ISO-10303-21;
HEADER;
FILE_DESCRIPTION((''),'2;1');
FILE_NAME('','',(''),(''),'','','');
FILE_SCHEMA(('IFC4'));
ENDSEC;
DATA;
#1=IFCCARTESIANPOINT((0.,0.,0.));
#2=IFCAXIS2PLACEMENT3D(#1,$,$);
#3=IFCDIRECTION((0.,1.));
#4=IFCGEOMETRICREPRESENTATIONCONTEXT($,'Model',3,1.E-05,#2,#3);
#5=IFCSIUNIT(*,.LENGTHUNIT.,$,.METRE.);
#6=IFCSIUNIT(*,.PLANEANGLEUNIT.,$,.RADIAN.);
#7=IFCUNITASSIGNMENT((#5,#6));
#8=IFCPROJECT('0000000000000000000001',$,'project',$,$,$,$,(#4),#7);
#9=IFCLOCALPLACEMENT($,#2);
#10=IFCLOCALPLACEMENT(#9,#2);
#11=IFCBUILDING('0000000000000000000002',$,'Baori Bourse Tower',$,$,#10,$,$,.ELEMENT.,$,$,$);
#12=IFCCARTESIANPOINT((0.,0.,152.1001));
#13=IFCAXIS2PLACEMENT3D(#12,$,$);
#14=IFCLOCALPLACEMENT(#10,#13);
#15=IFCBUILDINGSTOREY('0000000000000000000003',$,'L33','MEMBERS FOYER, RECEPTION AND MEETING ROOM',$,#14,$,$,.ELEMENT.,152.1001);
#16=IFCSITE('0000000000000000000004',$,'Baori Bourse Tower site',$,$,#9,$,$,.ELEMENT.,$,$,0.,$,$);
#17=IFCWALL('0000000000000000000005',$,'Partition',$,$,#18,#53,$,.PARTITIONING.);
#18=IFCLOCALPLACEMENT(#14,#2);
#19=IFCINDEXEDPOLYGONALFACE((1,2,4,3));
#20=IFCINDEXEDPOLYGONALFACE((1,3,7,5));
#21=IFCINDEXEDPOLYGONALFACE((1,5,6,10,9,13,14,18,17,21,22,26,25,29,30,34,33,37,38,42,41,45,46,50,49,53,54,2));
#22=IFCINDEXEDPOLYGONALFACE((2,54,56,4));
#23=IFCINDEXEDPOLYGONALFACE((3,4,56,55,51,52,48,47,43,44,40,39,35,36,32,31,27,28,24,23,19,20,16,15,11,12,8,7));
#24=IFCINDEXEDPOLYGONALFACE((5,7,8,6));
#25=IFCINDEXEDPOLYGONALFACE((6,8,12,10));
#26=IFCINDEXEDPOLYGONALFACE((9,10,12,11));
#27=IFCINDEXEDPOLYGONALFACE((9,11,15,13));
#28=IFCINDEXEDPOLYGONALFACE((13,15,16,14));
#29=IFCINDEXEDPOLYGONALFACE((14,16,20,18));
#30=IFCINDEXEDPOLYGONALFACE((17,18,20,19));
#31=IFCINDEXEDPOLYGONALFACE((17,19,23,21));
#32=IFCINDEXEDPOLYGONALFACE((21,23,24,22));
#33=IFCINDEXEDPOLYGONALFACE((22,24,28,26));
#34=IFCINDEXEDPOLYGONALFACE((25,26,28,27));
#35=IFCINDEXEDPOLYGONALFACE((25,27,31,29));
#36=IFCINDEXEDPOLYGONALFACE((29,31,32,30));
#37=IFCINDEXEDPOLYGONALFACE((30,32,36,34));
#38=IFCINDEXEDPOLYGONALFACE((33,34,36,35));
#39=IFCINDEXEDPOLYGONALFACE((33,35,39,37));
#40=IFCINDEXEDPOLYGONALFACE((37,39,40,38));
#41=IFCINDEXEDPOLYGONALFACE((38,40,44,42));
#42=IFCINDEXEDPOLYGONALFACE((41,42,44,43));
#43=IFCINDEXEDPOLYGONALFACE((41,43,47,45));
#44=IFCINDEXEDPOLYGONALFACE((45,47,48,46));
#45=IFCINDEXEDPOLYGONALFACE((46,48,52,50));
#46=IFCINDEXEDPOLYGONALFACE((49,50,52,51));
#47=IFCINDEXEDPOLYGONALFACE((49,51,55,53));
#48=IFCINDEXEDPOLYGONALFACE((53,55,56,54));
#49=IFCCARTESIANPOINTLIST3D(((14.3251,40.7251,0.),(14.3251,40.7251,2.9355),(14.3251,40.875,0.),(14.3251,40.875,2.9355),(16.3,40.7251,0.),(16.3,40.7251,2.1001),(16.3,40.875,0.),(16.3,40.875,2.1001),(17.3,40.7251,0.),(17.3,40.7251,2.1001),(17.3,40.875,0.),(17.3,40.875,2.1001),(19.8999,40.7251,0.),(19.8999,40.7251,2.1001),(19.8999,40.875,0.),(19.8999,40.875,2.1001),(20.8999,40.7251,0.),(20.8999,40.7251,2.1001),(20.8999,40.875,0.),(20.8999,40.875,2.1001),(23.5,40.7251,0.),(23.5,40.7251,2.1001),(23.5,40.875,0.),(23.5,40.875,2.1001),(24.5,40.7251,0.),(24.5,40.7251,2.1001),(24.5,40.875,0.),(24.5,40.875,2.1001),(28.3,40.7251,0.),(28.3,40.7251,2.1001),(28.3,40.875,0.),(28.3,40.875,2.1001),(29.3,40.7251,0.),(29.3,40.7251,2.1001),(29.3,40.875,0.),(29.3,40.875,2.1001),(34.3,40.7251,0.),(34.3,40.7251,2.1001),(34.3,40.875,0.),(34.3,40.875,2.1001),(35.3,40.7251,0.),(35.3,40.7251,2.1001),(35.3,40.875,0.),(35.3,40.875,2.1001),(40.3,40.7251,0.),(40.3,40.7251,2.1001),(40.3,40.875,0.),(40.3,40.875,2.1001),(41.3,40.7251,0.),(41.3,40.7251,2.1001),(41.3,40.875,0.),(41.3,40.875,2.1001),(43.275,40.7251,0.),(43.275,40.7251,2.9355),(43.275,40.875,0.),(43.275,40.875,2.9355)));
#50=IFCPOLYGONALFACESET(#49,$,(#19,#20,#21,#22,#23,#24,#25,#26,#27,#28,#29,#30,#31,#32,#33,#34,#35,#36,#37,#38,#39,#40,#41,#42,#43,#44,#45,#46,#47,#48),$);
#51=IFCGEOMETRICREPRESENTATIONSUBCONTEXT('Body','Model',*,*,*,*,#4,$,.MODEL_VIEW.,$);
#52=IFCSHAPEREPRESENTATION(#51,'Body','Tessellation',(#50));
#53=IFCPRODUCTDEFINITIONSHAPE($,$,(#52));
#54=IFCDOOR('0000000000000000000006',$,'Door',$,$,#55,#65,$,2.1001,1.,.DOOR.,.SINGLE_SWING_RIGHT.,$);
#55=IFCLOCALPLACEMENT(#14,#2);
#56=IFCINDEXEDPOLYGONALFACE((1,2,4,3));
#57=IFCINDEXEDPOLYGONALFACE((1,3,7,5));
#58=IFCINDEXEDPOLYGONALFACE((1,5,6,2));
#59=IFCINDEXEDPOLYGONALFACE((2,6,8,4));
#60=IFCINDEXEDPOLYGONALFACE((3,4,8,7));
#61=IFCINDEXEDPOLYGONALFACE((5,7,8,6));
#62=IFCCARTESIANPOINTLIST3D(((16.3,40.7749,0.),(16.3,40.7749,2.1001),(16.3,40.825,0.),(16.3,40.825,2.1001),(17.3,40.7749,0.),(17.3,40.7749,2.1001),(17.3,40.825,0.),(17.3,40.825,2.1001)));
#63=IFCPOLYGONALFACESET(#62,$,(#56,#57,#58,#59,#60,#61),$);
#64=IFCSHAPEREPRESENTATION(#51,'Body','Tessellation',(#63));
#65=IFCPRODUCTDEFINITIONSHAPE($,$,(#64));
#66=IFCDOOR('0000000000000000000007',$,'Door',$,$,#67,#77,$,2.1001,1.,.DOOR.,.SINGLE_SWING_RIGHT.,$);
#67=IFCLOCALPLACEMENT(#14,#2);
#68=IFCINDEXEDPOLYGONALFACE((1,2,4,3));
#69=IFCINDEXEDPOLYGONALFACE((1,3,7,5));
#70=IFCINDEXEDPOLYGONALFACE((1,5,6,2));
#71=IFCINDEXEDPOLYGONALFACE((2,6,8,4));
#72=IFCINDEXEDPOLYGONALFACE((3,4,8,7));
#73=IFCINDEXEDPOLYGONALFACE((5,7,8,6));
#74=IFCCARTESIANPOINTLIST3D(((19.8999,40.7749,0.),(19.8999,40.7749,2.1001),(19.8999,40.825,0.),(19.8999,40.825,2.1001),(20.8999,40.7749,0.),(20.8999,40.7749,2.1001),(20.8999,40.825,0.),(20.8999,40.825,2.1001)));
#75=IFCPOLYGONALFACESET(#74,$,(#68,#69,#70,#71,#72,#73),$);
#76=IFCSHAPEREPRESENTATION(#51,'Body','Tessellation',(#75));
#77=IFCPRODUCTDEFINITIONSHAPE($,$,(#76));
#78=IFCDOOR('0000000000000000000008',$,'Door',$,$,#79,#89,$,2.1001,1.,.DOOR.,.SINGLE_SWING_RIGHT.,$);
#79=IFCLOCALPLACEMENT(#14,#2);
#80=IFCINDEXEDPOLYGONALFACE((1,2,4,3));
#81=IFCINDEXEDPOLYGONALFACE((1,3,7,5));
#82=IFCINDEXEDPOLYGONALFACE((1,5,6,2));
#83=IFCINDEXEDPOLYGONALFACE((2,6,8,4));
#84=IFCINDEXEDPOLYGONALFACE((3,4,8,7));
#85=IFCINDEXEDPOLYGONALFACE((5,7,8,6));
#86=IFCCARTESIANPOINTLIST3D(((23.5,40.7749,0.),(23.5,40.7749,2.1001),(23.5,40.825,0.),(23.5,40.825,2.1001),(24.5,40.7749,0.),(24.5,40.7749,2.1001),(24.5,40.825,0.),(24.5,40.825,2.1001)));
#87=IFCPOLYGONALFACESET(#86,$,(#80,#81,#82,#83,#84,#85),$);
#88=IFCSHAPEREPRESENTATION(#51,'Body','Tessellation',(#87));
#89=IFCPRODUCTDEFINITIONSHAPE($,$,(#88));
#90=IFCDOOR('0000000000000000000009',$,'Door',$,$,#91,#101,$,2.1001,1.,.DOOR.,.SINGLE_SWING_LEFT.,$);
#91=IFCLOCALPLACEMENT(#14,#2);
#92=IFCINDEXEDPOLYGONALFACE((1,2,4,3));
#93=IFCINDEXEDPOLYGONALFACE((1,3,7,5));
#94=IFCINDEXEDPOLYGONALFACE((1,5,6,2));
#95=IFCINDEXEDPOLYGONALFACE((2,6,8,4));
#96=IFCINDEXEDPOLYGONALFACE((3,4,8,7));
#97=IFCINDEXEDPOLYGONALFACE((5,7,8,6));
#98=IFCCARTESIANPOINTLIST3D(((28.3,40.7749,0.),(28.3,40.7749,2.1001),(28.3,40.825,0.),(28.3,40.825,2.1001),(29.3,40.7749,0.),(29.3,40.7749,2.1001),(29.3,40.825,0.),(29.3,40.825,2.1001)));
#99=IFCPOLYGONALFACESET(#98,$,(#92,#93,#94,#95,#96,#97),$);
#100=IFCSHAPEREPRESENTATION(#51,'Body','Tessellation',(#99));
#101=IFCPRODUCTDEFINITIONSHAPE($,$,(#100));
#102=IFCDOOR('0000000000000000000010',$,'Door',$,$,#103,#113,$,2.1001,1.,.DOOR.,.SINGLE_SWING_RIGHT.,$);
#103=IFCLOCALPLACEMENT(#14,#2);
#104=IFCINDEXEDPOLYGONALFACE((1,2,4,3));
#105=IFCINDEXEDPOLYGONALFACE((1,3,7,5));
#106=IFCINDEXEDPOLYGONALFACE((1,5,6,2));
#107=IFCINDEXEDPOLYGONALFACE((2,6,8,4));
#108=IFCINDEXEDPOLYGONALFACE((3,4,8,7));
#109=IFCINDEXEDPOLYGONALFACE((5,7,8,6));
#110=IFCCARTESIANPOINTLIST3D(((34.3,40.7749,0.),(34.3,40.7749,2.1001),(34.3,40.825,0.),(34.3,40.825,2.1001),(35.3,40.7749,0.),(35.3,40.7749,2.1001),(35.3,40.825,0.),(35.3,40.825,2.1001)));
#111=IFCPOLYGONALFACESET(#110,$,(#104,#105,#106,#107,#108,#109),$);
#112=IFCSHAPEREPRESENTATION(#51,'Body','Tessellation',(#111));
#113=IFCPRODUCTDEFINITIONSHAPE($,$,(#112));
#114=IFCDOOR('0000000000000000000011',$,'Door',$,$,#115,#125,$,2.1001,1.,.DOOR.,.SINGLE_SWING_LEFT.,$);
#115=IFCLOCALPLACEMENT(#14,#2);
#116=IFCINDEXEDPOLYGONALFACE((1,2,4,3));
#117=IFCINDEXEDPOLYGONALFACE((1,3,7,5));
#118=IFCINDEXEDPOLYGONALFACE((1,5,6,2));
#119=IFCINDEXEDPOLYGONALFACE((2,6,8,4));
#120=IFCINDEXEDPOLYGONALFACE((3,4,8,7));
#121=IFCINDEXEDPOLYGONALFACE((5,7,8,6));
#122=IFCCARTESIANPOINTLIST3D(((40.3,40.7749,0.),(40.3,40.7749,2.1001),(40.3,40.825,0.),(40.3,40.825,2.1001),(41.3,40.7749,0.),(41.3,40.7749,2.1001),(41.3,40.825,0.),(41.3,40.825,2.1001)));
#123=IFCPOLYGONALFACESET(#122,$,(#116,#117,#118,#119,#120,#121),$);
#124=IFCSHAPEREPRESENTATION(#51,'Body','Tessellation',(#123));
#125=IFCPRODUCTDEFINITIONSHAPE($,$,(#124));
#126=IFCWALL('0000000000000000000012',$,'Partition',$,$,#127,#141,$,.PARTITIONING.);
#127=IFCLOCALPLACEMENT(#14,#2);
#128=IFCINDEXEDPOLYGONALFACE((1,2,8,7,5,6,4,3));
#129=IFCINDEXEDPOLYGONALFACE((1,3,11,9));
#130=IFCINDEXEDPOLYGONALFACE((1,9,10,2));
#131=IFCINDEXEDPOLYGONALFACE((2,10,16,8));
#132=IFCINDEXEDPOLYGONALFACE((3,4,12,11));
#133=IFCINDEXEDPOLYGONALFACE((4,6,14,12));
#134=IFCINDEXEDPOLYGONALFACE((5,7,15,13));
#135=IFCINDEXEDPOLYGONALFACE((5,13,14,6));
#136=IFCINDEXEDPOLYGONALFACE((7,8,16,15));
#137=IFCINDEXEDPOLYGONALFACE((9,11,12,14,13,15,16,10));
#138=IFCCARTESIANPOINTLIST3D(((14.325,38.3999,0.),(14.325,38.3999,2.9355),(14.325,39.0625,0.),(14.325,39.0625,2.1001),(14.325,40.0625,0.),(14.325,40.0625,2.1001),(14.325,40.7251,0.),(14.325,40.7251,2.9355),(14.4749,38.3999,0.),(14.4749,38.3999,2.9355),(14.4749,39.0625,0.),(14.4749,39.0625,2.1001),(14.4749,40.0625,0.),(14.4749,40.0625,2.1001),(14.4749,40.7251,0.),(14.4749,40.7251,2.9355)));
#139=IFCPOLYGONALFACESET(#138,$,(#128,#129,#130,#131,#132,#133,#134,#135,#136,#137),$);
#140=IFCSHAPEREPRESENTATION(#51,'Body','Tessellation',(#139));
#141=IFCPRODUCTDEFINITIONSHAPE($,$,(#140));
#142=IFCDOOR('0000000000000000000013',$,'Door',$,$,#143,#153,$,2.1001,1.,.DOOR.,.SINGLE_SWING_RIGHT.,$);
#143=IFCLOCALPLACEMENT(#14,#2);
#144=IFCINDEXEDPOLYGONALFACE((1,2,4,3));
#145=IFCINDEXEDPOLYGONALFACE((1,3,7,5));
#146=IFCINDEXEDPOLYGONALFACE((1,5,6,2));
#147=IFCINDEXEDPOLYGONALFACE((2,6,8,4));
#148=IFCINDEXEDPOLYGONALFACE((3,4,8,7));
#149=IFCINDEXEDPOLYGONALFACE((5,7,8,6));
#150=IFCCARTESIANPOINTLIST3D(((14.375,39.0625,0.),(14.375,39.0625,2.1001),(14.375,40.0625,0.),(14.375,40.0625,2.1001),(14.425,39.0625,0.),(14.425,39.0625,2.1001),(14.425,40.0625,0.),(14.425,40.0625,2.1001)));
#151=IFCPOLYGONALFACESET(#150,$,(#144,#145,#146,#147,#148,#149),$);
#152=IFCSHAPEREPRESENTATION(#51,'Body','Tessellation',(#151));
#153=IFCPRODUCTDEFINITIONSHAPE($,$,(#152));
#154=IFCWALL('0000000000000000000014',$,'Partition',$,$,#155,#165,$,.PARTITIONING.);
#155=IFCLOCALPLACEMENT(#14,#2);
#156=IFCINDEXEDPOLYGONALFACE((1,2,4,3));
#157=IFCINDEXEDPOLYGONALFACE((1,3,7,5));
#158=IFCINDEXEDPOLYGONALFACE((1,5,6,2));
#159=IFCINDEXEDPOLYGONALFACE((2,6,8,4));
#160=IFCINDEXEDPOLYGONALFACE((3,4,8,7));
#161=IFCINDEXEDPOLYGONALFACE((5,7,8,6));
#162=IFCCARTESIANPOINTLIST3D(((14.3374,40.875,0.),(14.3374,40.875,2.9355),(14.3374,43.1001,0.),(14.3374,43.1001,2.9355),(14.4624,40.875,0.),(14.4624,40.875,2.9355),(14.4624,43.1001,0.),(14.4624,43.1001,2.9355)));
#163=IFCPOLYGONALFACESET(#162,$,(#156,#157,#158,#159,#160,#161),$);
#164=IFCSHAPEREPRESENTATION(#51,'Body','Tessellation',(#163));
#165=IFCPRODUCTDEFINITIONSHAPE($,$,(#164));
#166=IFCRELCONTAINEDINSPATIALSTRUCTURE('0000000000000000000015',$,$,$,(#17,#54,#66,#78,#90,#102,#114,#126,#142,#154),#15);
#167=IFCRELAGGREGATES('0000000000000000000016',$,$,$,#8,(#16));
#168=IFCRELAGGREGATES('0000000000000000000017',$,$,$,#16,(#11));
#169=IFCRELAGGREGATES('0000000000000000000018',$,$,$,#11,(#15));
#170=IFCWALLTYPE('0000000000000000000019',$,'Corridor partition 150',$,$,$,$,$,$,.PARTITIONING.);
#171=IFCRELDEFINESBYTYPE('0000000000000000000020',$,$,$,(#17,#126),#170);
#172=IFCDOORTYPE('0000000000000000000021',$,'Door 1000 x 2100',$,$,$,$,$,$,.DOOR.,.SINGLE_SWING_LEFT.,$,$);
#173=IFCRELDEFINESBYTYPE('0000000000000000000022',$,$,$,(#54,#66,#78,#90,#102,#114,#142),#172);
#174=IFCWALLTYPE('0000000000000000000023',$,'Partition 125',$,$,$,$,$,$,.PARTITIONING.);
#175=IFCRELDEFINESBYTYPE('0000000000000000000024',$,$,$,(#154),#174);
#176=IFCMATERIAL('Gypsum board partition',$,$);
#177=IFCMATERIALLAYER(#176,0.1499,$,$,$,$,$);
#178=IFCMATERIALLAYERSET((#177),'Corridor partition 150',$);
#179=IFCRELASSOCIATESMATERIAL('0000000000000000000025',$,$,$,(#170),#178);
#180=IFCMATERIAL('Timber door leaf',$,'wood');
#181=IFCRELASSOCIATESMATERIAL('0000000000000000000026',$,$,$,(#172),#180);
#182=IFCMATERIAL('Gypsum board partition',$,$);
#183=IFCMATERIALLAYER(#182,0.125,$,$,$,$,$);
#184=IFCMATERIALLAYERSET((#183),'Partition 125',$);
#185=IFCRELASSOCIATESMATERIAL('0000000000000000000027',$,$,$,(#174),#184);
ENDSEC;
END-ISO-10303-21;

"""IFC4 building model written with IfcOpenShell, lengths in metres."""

from ifc_helpers import new_model, si_unit, direction, frame, frame_2d, origin, place, context, subcontext, project, spatial, rectangle, extrude, material, layer, layer_set, type_object, element, fill, save


model = new_model("IFC4")

# Units and contexts
model_context = context("Model", 3, precision=1e-05, world=origin(), true_north=direction((0.0, 1.0)))
body_context = subcontext(model_context, "Body", "Model", "MODEL_VIEW")
ifc_project = project(units=[si_unit("LENGTHUNIT", "METRE"), si_unit("PLANEANGLEUNIT", "RADIAN")], contexts=[model_context])

# Site, building, storey
site_placement = place(None, origin())
site = spatial("IfcSite", under=ifc_project, at=site_placement, Name="Baori Bourse Tower site", CompositionType="ELEMENT", RefElevation=0.0)
building_placement = place(site_placement, origin())
building = spatial("IfcBuilding", under=site, at=building_placement, Name="Baori Bourse Tower", CompositionType="ELEMENT")
storey_placement = place(building_placement, frame((0.0, 0.0, 152.1001)))
storey = spatial("IfcBuildingStorey", under=building, at=storey_placement, Name="L33", Description="MEMBERS FOYER, RECEPTION AND MEETING ROOM", CompositionType="ELEMENT", Elevation=152.1001)

# Wall, openings, doors
ifc_material_1 = material(Name="Gypsum board partition")
ifc_layer_1 = layer(ifc_material_1, 0.1499)
ifc_layer_set_1 = layer_set([ifc_layer_1], Name="Corridor partition 150")
wall_type_1 = type_object("IfcWallType", Name="Corridor partition 150", PredefinedType="PARTITIONING", material=ifc_layer_set_1)
wall_1_placement = place(storey_placement, frame((14.325, 40.8, 0.0), z_axis=(0.0, 0.0, 1.0), x_axis=(1.0, 0.0, 0.0)))
wall_1 = element("IfcWall", 1, at=wall_1_placement, inside=storey, type_object=wall_type_1, Name="Partition", PredefinedType="PARTITIONING", context=body_context, shape_type="SweptSolid", body=[
    extrude(rectangle(XDim=28.95, YDim=0.1499, at=frame_2d((14.4751, 0.0))), origin(), (0.0, 0.0, 1.0), 2.9355),
])
opening_1_placement = place(wall_1_placement, frame((1.9751, 0.0, 0.0)))
opening_1 = element("IfcOpeningElement", 2, at=opening_1_placement, cuts=wall_1, PredefinedType="OPENING", context=body_context, shape_type="SweptSolid", body=[
    extrude(rectangle(XDim=1.0, YDim=2.1001, at=frame_2d((0.5, 1.05))), frame((0.0, 0.085, 0.0), z_axis=(0.0, -1.0, 0.0), x_axis=(1.0, 0.0, 0.0)), (0.0, 0.0, 1.0), 0.1699),
])
opening_2_placement = place(wall_1_placement, frame((5.575, 0.0, 0.0)))
opening_2 = element("IfcOpeningElement", 3, at=opening_2_placement, cuts=wall_1, PredefinedType="OPENING", context=body_context, shape_type="SweptSolid", body=[
    extrude(rectangle(XDim=1.0, YDim=2.1001, at=frame_2d((0.5, 1.05))), frame((0.0, 0.085, 0.0), z_axis=(0.0, -1.0, 0.0), x_axis=(1.0, 0.0, 0.0)), (0.0, 0.0, 1.0), 0.1699),
])
opening_3_placement = place(wall_1_placement, frame((9.175, 0.0, 0.0)))
opening_3 = element("IfcOpeningElement", 4, at=opening_3_placement, cuts=wall_1, PredefinedType="OPENING", context=body_context, shape_type="SweptSolid", body=[
    extrude(rectangle(XDim=1.0, YDim=2.1001, at=frame_2d((0.5, 1.05))), frame((0.0, 0.085, 0.0), z_axis=(0.0, -1.0, 0.0), x_axis=(1.0, 0.0, 0.0)), (0.0, 0.0, 1.0), 0.1699),
])
opening_4_placement = place(wall_1_placement, frame((13.9751, 0.0, 0.0)))
opening_4 = element("IfcOpeningElement", 5, at=opening_4_placement, cuts=wall_1, PredefinedType="OPENING", context=body_context, shape_type="SweptSolid", body=[
    extrude(rectangle(XDim=1.0, YDim=2.1001, at=frame_2d((0.5, 1.05))), frame((0.0, 0.085, 0.0), z_axis=(0.0, -1.0, 0.0), x_axis=(1.0, 0.0, 0.0)), (0.0, 0.0, 1.0), 0.1699),
])
opening_5_placement = place(wall_1_placement, frame((19.9751, 0.0, 0.0)))
opening_5 = element("IfcOpeningElement", 6, at=opening_5_placement, cuts=wall_1, PredefinedType="OPENING", context=body_context, shape_type="SweptSolid", body=[
    extrude(rectangle(XDim=1.0, YDim=2.1001, at=frame_2d((0.5, 1.05))), frame((0.0, 0.085, 0.0), z_axis=(0.0, -1.0, 0.0), x_axis=(1.0, 0.0, 0.0)), (0.0, 0.0, 1.0), 0.1699),
])
opening_6_placement = place(wall_1_placement, frame((25.9751, 0.0, 0.0)))
opening_6 = element("IfcOpeningElement", 7, at=opening_6_placement, cuts=wall_1, PredefinedType="OPENING", context=body_context, shape_type="SweptSolid", body=[
    extrude(rectangle(XDim=1.0, YDim=2.1001, at=frame_2d((0.5, 1.05))), frame((0.0, 0.085, 0.0), z_axis=(0.0, -1.0, 0.0), x_axis=(1.0, 0.0, 0.0)), (0.0, 0.0, 1.0), 0.1699),
])
ifc_material_2 = material(Name="Timber door leaf", Category="wood")
door_type_1 = type_object("IfcDoorType", Name="Door 1000 x 2100", OperationType="SINGLE_SWING_LEFT", PredefinedType="DOOR", material=ifc_material_2)
door_1_placement = place(opening_1_placement, origin())
door_1 = element("IfcDoor", 8, at=door_1_placement, inside=storey, type_object=door_type_1, Name="Door", OperationType="SINGLE_SWING_RIGHT", OverallHeight=2.1001, OverallWidth=1.0, PredefinedType="DOOR", context=body_context, shape_type="SweptSolid", body=[
    extrude(rectangle(XDim=1.0, YDim=2.1001, at=frame_2d((0.5, 1.05))), frame((0.0, 0.0249, 0.0), z_axis=(0.0, -1.0, 0.0), x_axis=(1.0, 0.0, 0.0)), (0.0, 0.0, 1.0), 0.05),
])
fill(opening_1, door_1)
door_2_placement = place(opening_2_placement, origin())
door_2 = element("IfcDoor", 9, at=door_2_placement, inside=storey, type_object=door_type_1, Name="Door", OperationType="SINGLE_SWING_RIGHT", OverallHeight=2.1001, OverallWidth=1.0, PredefinedType="DOOR", context=body_context, shape_type="SweptSolid", body=[
    extrude(rectangle(XDim=1.0, YDim=2.1001, at=frame_2d((0.5, 1.05))), frame((0.0, 0.0249, 0.0), z_axis=(0.0, -1.0, 0.0), x_axis=(1.0, 0.0, 0.0)), (0.0, 0.0, 1.0), 0.05),
])
fill(opening_2, door_2)
door_3_placement = place(opening_3_placement, origin())
door_3 = element("IfcDoor", 10, at=door_3_placement, inside=storey, type_object=door_type_1, Name="Door", OperationType="SINGLE_SWING_RIGHT", OverallHeight=2.1001, OverallWidth=1.0, PredefinedType="DOOR", context=body_context, shape_type="SweptSolid", body=[
    extrude(rectangle(XDim=1.0, YDim=2.1001, at=frame_2d((0.5, 1.05))), frame((0.0, 0.0249, 0.0), z_axis=(0.0, -1.0, 0.0), x_axis=(1.0, 0.0, 0.0)), (0.0, 0.0, 1.0), 0.05),
])
fill(opening_3, door_3)
door_4_placement = place(opening_4_placement, origin())
door_4 = element("IfcDoor", 11, at=door_4_placement, inside=storey, type_object=door_type_1, Name="Door", OperationType="SINGLE_SWING_LEFT", OverallHeight=2.1001, OverallWidth=1.0, PredefinedType="DOOR", context=body_context, shape_type="SweptSolid", body=[
    extrude(rectangle(XDim=1.0, YDim=2.1001, at=frame_2d((0.5, 1.05))), frame((0.0, 0.0249, 0.0), z_axis=(0.0, -1.0, 0.0), x_axis=(1.0, 0.0, 0.0)), (0.0, 0.0, 1.0), 0.05),
])
fill(opening_4, door_4)
door_5_placement = place(opening_5_placement, origin())
door_5 = element("IfcDoor", 12, at=door_5_placement, inside=storey, type_object=door_type_1, Name="Door", OperationType="SINGLE_SWING_RIGHT", OverallHeight=2.1001, OverallWidth=1.0, PredefinedType="DOOR", context=body_context, shape_type="SweptSolid", body=[
    extrude(rectangle(XDim=1.0, YDim=2.1001, at=frame_2d((0.5, 1.05))), frame((0.0, 0.0249, 0.0), z_axis=(0.0, -1.0, 0.0), x_axis=(1.0, 0.0, 0.0)), (0.0, 0.0, 1.0), 0.05),
])
fill(opening_5, door_5)
door_6_placement = place(opening_6_placement, origin())
door_6 = element("IfcDoor", 13, at=door_6_placement, inside=storey, type_object=door_type_1, Name="Door", OperationType="SINGLE_SWING_LEFT", OverallHeight=2.1001, OverallWidth=1.0, PredefinedType="DOOR", context=body_context, shape_type="SweptSolid", body=[
    extrude(rectangle(XDim=1.0, YDim=2.1001, at=frame_2d((0.5, 1.05))), frame((0.0, 0.0249, 0.0), z_axis=(0.0, -1.0, 0.0), x_axis=(1.0, 0.0, 0.0)), (0.0, 0.0, 1.0), 0.05),
])
fill(opening_6, door_6)

# Wall, opening, door
wall_2_placement = place(storey_placement, frame((14.3999, 38.3999, 0.0), z_axis=(0.0, 0.0, 1.0), x_axis=(0.0, 1.0, 0.0)))
wall_2 = element("IfcWall", 14, at=wall_2_placement, inside=storey, type_object=wall_type_1, Name="Partition", PredefinedType="PARTITIONING", context=body_context, shape_type="SweptSolid", body=[
    extrude(rectangle(XDim=2.3252, YDim=0.1499, at=frame_2d((1.1626, 0.0))), origin(), (0.0, 0.0, 1.0), 2.9355),
])
opening_7_placement = place(wall_2_placement, frame((0.6626, 0.0, 0.0)))
opening_7 = element("IfcOpeningElement", 15, at=opening_7_placement, cuts=wall_2, PredefinedType="OPENING", context=body_context, shape_type="SweptSolid", body=[
    extrude(rectangle(XDim=1.0, YDim=2.1001, at=frame_2d((0.5, 1.05))), frame((0.0, 0.085, 0.0), z_axis=(0.0, -1.0, 0.0), x_axis=(1.0, 0.0, 0.0)), (0.0, 0.0, 1.0), 0.1699),
])
door_7_placement = place(opening_7_placement, origin())
door_7 = element("IfcDoor", 16, at=door_7_placement, inside=storey, type_object=door_type_1, Name="Door", OperationType="SINGLE_SWING_RIGHT", OverallHeight=2.1001, OverallWidth=1.0, PredefinedType="DOOR", context=body_context, shape_type="SweptSolid", body=[
    extrude(rectangle(XDim=1.0, YDim=2.1001, at=frame_2d((0.5, 1.05))), frame((0.0, 0.0249, 0.0), z_axis=(0.0, -1.0, 0.0), x_axis=(1.0, 0.0, 0.0)), (0.0, 0.0, 1.0), 0.05),
])
fill(opening_7, door_7)

# Wall
ifc_material_3 = material(Name="Gypsum board partition")
ifc_layer_2 = layer(ifc_material_3, 0.125)
ifc_layer_set_2 = layer_set([ifc_layer_2], Name="Partition 125")
wall_type_2 = type_object("IfcWallType", Name="Partition 125", PredefinedType="PARTITIONING", material=ifc_layer_set_2)
wall_3_placement = place(storey_placement, frame((14.3999, 40.875, 0.0), z_axis=(0.0, 0.0, 1.0), x_axis=(0.0, 1.0, 0.0)))
element("IfcWall", 17, at=wall_3_placement, inside=storey, type_object=wall_type_2, Name="Partition", PredefinedType="PARTITIONING", context=body_context, shape_type="SweptSolid", body=[
    extrude(rectangle(XDim=2.2251, YDim=0.125, at=frame_2d((1.1125, 0.0))), origin(), (0.0, 0.0, 1.0), 2.9355),
])

save(model, "model.ifc")
